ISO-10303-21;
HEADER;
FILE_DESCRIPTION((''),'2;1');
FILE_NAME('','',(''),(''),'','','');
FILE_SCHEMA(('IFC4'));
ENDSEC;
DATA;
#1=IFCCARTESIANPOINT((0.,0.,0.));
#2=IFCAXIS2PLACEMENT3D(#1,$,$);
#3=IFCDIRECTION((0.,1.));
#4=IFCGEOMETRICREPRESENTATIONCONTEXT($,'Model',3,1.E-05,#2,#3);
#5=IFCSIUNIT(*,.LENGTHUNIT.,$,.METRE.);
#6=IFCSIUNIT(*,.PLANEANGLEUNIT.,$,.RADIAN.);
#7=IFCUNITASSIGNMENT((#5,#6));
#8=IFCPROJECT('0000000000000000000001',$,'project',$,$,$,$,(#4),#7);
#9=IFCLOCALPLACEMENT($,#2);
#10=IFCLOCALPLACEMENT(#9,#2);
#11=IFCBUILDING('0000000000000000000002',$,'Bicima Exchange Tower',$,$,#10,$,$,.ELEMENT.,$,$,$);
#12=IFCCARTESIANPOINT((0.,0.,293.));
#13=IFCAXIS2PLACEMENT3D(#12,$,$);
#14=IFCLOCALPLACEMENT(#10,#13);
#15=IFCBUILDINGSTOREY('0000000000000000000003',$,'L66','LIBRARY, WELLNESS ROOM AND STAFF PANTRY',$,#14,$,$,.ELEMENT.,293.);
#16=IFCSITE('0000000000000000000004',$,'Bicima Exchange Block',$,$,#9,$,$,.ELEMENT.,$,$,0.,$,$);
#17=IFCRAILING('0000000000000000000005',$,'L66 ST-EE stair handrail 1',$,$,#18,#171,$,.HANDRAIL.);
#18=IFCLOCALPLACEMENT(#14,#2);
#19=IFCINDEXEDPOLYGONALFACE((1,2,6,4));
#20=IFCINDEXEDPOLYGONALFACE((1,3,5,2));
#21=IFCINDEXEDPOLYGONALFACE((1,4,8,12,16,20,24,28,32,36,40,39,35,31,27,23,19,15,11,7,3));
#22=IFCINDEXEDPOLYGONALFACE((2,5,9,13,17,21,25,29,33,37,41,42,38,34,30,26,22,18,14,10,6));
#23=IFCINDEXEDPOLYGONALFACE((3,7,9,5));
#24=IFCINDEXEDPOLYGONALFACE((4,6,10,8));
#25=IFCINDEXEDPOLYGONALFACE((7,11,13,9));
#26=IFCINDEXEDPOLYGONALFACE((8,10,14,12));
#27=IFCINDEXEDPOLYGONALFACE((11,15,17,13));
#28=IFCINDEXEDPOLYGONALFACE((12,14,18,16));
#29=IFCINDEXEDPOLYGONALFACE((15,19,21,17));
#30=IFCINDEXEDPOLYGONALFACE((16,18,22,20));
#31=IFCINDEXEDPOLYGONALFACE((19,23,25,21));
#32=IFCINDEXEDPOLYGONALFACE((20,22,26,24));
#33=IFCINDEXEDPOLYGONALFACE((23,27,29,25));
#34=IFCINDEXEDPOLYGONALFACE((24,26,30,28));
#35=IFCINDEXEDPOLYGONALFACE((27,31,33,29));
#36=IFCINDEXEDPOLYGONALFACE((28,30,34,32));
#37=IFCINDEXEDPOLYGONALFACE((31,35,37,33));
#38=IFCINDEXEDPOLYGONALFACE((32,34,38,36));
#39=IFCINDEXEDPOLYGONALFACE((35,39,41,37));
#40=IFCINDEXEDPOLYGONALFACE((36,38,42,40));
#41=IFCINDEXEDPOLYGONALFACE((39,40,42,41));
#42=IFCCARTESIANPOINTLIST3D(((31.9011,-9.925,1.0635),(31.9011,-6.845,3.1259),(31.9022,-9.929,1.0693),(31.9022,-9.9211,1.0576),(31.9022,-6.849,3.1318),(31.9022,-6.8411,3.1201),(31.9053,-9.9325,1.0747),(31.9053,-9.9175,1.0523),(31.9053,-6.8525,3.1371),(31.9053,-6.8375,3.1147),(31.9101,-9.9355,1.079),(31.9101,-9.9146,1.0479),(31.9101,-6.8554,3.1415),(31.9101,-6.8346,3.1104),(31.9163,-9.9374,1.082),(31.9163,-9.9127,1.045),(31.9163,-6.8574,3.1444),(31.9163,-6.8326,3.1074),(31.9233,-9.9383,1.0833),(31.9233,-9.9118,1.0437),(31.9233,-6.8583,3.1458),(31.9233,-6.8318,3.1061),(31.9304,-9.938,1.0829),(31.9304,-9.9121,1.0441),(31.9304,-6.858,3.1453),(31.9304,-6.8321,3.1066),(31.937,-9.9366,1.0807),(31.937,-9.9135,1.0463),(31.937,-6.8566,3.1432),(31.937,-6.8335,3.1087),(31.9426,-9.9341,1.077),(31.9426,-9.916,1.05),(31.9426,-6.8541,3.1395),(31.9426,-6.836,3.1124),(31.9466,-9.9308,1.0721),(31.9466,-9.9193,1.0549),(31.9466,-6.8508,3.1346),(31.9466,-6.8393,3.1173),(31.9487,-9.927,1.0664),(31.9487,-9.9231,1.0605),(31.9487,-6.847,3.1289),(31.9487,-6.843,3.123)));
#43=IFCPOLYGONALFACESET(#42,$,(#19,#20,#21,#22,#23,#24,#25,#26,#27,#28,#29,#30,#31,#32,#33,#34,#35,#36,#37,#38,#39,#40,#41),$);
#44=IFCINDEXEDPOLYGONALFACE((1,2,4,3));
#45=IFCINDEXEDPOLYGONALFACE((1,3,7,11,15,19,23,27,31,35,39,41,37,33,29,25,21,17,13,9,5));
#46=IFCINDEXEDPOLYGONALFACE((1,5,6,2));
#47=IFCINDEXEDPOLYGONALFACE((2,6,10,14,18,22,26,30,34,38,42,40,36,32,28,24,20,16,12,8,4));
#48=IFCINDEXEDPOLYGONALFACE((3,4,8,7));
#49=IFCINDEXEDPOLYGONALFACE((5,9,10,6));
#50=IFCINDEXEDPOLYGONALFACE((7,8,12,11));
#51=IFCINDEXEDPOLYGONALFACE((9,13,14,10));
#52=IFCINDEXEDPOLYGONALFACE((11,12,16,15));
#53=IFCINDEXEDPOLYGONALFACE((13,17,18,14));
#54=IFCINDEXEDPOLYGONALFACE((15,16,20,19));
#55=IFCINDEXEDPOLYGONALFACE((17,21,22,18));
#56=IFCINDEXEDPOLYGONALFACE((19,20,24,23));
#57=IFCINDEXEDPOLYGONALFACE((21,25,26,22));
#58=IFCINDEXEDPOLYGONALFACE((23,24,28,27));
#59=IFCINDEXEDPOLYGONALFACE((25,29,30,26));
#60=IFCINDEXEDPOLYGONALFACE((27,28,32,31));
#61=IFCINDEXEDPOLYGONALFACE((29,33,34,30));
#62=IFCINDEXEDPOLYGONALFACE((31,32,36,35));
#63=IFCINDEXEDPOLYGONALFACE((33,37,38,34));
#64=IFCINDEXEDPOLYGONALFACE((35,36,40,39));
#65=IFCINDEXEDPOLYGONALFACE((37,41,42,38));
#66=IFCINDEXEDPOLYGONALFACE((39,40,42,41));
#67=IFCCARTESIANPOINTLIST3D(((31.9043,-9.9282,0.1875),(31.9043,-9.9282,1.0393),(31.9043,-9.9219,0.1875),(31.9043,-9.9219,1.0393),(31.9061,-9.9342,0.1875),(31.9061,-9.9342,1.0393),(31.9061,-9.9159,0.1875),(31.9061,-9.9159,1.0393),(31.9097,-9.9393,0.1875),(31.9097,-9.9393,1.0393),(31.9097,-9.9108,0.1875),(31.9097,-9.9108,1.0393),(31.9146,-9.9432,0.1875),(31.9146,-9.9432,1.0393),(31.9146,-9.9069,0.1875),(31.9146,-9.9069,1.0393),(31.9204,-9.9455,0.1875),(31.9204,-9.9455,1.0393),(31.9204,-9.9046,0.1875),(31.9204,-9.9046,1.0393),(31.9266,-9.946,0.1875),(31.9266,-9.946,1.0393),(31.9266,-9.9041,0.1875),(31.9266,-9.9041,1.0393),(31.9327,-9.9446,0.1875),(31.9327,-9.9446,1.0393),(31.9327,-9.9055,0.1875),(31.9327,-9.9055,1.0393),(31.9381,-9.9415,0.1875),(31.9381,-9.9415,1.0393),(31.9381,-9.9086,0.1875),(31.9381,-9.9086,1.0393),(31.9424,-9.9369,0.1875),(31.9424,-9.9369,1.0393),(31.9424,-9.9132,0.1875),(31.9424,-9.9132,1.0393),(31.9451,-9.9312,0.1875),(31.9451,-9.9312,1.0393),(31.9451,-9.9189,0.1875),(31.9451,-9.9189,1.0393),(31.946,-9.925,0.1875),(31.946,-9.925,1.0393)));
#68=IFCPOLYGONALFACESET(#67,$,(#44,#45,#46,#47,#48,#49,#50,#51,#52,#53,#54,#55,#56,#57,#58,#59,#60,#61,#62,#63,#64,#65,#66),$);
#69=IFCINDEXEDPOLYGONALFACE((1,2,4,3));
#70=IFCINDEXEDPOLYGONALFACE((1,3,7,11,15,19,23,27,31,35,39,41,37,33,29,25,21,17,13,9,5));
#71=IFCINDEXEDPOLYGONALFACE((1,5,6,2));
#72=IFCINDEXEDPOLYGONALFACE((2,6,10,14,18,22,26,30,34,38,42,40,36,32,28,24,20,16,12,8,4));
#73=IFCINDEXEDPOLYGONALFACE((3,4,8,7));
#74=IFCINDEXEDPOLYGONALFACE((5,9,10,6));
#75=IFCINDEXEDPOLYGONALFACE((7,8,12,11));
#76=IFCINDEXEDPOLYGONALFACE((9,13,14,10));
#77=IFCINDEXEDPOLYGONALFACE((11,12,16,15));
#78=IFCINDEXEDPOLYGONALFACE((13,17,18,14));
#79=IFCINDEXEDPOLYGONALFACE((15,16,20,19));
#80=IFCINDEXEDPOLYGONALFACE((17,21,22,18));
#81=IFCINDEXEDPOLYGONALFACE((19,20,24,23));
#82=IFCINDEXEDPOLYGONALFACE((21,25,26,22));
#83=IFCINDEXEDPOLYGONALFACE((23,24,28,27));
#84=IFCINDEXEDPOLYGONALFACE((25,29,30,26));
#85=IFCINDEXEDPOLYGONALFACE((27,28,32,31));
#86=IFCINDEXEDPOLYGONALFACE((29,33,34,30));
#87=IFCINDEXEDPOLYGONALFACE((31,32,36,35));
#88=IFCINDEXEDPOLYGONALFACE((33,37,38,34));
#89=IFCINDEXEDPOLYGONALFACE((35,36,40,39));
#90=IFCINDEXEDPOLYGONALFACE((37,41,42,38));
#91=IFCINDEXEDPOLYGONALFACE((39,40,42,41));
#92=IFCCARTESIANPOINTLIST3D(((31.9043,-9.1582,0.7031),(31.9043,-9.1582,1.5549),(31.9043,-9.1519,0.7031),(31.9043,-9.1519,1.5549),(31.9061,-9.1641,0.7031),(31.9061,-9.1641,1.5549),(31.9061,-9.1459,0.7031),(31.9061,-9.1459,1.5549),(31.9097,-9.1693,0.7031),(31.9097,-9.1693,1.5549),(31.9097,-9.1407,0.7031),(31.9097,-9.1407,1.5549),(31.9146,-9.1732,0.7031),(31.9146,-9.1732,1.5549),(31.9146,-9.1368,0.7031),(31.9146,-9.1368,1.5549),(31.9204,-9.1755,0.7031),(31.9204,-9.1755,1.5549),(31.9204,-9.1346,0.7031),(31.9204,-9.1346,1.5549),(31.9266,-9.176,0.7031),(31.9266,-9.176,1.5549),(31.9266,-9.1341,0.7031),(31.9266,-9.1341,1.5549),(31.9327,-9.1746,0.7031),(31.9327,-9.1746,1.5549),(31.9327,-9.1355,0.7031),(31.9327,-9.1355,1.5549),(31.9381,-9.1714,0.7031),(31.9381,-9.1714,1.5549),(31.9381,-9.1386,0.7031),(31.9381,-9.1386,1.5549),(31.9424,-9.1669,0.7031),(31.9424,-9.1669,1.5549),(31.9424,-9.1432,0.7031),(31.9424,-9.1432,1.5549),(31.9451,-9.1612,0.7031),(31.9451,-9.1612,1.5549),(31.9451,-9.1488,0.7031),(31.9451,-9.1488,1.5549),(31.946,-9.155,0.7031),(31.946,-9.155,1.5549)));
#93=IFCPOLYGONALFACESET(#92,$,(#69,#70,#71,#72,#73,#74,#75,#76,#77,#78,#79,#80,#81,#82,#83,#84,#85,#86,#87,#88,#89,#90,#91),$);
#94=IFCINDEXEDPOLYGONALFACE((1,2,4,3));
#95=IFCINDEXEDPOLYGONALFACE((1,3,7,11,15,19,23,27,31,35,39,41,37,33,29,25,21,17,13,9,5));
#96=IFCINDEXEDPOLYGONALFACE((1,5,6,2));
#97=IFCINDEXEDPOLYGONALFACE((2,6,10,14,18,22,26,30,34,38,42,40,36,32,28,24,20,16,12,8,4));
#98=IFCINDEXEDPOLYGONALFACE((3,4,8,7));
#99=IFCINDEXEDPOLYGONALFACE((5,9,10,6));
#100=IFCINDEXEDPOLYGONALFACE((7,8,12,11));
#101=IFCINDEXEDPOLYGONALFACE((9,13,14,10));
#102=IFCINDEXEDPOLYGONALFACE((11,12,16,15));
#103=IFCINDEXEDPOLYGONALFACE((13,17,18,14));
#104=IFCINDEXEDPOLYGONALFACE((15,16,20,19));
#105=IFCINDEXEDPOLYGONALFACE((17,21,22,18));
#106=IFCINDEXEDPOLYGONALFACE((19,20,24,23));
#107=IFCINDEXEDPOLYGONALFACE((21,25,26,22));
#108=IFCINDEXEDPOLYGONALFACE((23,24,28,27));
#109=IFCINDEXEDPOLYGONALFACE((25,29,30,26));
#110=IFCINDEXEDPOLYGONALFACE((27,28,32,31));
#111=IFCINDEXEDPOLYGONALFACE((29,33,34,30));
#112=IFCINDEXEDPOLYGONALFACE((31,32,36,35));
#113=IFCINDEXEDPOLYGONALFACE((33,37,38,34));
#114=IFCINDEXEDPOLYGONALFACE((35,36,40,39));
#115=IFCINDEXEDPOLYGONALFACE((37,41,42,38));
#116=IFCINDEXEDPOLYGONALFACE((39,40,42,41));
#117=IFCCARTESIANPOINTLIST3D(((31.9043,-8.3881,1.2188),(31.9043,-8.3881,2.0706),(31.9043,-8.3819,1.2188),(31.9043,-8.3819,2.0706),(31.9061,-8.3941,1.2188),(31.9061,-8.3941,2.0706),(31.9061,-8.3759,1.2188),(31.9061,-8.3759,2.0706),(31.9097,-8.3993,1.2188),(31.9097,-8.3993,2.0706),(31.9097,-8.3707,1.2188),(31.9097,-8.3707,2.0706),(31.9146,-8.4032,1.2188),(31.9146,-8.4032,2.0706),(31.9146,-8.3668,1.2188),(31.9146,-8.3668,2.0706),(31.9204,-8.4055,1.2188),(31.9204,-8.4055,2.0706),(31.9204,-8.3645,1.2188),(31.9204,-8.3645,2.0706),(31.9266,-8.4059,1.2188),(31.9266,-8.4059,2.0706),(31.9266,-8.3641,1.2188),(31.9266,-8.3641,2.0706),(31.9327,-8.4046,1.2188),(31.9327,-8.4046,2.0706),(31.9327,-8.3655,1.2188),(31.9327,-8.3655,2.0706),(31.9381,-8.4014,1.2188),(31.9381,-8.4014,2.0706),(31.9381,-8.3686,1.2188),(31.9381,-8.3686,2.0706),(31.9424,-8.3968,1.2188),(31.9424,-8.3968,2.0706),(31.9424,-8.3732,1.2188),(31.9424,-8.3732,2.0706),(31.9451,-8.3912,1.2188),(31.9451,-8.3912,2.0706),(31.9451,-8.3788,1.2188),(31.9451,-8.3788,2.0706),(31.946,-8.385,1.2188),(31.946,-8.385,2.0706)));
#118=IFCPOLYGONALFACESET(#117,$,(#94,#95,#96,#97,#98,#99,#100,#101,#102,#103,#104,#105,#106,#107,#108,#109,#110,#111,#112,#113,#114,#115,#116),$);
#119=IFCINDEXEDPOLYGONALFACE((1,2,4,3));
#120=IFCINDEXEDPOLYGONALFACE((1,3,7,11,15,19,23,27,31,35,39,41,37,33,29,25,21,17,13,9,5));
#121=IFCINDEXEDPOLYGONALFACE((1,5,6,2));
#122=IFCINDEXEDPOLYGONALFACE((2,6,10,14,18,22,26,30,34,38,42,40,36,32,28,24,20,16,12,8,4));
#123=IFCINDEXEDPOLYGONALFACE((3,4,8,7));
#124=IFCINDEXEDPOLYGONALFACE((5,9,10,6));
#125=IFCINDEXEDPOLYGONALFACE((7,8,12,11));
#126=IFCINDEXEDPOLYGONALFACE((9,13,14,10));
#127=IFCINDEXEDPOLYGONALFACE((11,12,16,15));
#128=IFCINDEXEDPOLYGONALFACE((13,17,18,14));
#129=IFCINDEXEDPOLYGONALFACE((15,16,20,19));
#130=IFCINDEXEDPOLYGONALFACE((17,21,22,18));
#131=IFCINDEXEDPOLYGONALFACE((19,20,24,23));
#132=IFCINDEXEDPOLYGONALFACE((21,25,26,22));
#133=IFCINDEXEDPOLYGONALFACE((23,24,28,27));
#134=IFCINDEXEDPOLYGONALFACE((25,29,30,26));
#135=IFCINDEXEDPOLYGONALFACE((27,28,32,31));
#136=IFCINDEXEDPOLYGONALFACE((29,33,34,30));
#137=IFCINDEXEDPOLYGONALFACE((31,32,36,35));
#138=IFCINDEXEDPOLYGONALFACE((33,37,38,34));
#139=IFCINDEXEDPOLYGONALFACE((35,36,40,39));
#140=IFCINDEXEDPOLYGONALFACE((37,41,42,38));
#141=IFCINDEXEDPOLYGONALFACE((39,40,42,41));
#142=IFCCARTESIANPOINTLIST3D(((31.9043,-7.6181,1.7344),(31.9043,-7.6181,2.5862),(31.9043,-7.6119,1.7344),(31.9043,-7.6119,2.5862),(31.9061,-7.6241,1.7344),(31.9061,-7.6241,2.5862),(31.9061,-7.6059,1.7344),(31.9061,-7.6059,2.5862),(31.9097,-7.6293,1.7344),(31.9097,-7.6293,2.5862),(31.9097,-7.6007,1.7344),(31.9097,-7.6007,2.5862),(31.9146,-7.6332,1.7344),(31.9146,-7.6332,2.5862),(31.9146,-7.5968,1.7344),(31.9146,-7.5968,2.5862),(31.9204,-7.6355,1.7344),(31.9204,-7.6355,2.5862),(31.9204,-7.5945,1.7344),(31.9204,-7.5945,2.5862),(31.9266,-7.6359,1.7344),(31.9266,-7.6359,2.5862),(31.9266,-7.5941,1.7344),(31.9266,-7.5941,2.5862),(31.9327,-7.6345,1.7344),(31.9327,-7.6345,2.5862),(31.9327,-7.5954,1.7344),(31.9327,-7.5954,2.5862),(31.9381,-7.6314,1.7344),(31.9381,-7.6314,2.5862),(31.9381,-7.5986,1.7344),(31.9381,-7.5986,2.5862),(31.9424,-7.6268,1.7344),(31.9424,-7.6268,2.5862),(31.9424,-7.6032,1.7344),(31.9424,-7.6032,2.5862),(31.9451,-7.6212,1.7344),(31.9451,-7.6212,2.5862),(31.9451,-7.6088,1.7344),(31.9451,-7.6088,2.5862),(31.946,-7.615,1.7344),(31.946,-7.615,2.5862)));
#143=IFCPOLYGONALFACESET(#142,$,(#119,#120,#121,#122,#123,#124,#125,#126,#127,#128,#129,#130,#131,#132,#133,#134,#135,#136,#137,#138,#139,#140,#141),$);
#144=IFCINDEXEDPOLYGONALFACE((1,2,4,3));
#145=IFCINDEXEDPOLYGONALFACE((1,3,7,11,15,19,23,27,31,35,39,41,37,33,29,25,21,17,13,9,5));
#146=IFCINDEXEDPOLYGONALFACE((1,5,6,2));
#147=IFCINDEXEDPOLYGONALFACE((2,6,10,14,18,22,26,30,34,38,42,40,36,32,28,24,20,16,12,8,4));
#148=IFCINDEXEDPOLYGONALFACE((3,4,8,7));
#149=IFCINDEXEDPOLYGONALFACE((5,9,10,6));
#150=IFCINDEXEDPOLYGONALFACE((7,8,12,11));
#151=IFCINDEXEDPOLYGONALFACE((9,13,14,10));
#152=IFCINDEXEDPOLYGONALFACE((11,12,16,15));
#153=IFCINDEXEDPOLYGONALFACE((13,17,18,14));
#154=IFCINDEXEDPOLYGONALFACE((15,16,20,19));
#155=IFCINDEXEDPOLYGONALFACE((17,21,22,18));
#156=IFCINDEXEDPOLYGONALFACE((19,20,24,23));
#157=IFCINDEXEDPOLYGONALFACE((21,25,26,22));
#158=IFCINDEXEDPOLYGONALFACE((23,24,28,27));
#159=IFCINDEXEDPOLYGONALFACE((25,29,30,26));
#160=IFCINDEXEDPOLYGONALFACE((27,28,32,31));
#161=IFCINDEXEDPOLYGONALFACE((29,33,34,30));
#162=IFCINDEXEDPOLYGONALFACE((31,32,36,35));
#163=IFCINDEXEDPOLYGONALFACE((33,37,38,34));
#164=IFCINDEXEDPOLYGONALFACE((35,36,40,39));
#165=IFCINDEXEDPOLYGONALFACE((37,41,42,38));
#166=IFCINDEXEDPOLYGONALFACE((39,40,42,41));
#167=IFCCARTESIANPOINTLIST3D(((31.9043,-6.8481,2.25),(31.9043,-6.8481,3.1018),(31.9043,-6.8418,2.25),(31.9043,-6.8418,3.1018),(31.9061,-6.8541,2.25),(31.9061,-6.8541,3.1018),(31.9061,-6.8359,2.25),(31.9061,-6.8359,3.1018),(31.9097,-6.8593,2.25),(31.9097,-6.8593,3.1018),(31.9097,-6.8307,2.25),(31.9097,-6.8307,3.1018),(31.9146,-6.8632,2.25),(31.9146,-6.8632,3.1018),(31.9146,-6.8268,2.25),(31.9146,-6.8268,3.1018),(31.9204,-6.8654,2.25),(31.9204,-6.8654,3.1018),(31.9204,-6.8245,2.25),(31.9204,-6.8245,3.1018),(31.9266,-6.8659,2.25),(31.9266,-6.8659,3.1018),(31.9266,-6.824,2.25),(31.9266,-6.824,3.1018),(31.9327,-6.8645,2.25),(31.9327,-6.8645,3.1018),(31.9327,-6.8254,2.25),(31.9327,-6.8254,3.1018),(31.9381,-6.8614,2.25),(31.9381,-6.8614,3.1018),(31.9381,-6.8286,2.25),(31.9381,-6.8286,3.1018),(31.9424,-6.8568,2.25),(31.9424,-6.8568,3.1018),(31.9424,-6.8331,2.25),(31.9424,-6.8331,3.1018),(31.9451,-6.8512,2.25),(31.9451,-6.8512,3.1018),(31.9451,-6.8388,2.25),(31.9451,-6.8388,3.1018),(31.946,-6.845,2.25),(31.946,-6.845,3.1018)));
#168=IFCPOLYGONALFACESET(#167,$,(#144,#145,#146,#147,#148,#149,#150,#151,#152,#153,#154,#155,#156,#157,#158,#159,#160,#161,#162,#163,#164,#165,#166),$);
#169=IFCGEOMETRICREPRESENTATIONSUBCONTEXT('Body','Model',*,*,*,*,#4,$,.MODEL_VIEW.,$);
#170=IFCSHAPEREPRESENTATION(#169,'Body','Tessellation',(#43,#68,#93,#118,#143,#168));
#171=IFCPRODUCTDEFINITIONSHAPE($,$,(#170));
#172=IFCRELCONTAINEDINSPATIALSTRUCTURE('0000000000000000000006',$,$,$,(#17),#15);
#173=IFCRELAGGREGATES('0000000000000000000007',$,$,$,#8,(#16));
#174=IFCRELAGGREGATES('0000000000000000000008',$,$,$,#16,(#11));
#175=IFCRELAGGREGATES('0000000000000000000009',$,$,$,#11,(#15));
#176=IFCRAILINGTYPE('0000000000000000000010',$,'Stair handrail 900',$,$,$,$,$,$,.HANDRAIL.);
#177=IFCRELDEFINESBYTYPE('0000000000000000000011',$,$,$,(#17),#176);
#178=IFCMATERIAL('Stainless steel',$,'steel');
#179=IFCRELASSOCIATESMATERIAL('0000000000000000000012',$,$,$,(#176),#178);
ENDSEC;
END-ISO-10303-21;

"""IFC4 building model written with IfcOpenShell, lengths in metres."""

from ifc_helpers import new_model, si_unit, direction, frame, origin, origin_2d, place, context, subcontext, project, spatial, circle, extrude, material, type_object, element, save


model = new_model("IFC4")

# Units and contexts
model_context = context("Model", 3, precision=1e-05, world=origin(), true_north=direction((0.0, 1.0)))
body_context = subcontext(model_context, "Body", "Model", "MODEL_VIEW")
ifc_project = project(units=[si_unit("LENGTHUNIT", "METRE"), si_unit("PLANEANGLEUNIT", "RADIAN")], contexts=[model_context])

# Site, building, storey
site_placement = place(None, origin())
site = spatial("IfcSite", under=ifc_project, at=site_placement, Name="Bicima Exchange Block", CompositionType="ELEMENT", RefElevation=0.0)
building_placement = place(site_placement, origin())
building = spatial("IfcBuilding", under=site, at=building_placement, Name="Bicima Exchange Tower", CompositionType="ELEMENT")
storey_placement = place(building_placement, frame((0.0, 0.0, 293.0)))
storey = spatial("IfcBuildingStorey", under=building, at=storey_placement, Name="L66", Description="LIBRARY, WELLNESS ROOM AND STAFF PANTRY", CompositionType="ELEMENT", Elevation=293.0)

# Railing
ifc_material_1 = material(Name="Stainless steel", Category="steel")
railing_type_1 = type_object("IfcRailingType", Name="Stair handrail 900", PredefinedType="HANDRAIL", material=ifc_material_1)
railing_1_placement = place(storey_placement, frame((31.925, -9.925, 0.1875)))
element("IfcRailing", 1, at=railing_1_placement, inside=storey, type_object=railing_type_1, Name="L66 ST-EE stair handrail 1", PredefinedType="HANDRAIL", context=body_context, shape_type="SweptSolid", body=[
    extrude(circle(Radius=0.0239, at=origin_2d()), frame((0.0, 0.0, 0.876), z_axis=(0.0, 0.830914, 0.556401), x_axis=(-1.0, 0.0, 0.0)), (0.0, 0.0, 1.0), 3.7068),
    extrude(circle(Radius=0.021, at=origin_2d()), origin(), (0.0, 0.0, 1.0), 0.8518),
    extrude(circle(Radius=0.021, at=origin_2d()), frame((0.0, 0.77, 0.5156)), (0.0, 0.0, 1.0), 0.8518),
    extrude(circle(Radius=0.021, at=origin_2d()), frame((0.0, 1.54, 1.0312)), (0.0, 0.0, 1.0), 0.8518),
    extrude(circle(Radius=0.021, at=origin_2d()), frame((0.0, 2.3101, 1.5469)), (0.0, 0.0, 1.0), 0.8518),
    extrude(circle(Radius=0.021, at=origin_2d()), frame((0.0, 3.0801, 2.0625)), (0.0, 0.0, 1.0), 0.8518),
])

save(model, "model.ifc")
